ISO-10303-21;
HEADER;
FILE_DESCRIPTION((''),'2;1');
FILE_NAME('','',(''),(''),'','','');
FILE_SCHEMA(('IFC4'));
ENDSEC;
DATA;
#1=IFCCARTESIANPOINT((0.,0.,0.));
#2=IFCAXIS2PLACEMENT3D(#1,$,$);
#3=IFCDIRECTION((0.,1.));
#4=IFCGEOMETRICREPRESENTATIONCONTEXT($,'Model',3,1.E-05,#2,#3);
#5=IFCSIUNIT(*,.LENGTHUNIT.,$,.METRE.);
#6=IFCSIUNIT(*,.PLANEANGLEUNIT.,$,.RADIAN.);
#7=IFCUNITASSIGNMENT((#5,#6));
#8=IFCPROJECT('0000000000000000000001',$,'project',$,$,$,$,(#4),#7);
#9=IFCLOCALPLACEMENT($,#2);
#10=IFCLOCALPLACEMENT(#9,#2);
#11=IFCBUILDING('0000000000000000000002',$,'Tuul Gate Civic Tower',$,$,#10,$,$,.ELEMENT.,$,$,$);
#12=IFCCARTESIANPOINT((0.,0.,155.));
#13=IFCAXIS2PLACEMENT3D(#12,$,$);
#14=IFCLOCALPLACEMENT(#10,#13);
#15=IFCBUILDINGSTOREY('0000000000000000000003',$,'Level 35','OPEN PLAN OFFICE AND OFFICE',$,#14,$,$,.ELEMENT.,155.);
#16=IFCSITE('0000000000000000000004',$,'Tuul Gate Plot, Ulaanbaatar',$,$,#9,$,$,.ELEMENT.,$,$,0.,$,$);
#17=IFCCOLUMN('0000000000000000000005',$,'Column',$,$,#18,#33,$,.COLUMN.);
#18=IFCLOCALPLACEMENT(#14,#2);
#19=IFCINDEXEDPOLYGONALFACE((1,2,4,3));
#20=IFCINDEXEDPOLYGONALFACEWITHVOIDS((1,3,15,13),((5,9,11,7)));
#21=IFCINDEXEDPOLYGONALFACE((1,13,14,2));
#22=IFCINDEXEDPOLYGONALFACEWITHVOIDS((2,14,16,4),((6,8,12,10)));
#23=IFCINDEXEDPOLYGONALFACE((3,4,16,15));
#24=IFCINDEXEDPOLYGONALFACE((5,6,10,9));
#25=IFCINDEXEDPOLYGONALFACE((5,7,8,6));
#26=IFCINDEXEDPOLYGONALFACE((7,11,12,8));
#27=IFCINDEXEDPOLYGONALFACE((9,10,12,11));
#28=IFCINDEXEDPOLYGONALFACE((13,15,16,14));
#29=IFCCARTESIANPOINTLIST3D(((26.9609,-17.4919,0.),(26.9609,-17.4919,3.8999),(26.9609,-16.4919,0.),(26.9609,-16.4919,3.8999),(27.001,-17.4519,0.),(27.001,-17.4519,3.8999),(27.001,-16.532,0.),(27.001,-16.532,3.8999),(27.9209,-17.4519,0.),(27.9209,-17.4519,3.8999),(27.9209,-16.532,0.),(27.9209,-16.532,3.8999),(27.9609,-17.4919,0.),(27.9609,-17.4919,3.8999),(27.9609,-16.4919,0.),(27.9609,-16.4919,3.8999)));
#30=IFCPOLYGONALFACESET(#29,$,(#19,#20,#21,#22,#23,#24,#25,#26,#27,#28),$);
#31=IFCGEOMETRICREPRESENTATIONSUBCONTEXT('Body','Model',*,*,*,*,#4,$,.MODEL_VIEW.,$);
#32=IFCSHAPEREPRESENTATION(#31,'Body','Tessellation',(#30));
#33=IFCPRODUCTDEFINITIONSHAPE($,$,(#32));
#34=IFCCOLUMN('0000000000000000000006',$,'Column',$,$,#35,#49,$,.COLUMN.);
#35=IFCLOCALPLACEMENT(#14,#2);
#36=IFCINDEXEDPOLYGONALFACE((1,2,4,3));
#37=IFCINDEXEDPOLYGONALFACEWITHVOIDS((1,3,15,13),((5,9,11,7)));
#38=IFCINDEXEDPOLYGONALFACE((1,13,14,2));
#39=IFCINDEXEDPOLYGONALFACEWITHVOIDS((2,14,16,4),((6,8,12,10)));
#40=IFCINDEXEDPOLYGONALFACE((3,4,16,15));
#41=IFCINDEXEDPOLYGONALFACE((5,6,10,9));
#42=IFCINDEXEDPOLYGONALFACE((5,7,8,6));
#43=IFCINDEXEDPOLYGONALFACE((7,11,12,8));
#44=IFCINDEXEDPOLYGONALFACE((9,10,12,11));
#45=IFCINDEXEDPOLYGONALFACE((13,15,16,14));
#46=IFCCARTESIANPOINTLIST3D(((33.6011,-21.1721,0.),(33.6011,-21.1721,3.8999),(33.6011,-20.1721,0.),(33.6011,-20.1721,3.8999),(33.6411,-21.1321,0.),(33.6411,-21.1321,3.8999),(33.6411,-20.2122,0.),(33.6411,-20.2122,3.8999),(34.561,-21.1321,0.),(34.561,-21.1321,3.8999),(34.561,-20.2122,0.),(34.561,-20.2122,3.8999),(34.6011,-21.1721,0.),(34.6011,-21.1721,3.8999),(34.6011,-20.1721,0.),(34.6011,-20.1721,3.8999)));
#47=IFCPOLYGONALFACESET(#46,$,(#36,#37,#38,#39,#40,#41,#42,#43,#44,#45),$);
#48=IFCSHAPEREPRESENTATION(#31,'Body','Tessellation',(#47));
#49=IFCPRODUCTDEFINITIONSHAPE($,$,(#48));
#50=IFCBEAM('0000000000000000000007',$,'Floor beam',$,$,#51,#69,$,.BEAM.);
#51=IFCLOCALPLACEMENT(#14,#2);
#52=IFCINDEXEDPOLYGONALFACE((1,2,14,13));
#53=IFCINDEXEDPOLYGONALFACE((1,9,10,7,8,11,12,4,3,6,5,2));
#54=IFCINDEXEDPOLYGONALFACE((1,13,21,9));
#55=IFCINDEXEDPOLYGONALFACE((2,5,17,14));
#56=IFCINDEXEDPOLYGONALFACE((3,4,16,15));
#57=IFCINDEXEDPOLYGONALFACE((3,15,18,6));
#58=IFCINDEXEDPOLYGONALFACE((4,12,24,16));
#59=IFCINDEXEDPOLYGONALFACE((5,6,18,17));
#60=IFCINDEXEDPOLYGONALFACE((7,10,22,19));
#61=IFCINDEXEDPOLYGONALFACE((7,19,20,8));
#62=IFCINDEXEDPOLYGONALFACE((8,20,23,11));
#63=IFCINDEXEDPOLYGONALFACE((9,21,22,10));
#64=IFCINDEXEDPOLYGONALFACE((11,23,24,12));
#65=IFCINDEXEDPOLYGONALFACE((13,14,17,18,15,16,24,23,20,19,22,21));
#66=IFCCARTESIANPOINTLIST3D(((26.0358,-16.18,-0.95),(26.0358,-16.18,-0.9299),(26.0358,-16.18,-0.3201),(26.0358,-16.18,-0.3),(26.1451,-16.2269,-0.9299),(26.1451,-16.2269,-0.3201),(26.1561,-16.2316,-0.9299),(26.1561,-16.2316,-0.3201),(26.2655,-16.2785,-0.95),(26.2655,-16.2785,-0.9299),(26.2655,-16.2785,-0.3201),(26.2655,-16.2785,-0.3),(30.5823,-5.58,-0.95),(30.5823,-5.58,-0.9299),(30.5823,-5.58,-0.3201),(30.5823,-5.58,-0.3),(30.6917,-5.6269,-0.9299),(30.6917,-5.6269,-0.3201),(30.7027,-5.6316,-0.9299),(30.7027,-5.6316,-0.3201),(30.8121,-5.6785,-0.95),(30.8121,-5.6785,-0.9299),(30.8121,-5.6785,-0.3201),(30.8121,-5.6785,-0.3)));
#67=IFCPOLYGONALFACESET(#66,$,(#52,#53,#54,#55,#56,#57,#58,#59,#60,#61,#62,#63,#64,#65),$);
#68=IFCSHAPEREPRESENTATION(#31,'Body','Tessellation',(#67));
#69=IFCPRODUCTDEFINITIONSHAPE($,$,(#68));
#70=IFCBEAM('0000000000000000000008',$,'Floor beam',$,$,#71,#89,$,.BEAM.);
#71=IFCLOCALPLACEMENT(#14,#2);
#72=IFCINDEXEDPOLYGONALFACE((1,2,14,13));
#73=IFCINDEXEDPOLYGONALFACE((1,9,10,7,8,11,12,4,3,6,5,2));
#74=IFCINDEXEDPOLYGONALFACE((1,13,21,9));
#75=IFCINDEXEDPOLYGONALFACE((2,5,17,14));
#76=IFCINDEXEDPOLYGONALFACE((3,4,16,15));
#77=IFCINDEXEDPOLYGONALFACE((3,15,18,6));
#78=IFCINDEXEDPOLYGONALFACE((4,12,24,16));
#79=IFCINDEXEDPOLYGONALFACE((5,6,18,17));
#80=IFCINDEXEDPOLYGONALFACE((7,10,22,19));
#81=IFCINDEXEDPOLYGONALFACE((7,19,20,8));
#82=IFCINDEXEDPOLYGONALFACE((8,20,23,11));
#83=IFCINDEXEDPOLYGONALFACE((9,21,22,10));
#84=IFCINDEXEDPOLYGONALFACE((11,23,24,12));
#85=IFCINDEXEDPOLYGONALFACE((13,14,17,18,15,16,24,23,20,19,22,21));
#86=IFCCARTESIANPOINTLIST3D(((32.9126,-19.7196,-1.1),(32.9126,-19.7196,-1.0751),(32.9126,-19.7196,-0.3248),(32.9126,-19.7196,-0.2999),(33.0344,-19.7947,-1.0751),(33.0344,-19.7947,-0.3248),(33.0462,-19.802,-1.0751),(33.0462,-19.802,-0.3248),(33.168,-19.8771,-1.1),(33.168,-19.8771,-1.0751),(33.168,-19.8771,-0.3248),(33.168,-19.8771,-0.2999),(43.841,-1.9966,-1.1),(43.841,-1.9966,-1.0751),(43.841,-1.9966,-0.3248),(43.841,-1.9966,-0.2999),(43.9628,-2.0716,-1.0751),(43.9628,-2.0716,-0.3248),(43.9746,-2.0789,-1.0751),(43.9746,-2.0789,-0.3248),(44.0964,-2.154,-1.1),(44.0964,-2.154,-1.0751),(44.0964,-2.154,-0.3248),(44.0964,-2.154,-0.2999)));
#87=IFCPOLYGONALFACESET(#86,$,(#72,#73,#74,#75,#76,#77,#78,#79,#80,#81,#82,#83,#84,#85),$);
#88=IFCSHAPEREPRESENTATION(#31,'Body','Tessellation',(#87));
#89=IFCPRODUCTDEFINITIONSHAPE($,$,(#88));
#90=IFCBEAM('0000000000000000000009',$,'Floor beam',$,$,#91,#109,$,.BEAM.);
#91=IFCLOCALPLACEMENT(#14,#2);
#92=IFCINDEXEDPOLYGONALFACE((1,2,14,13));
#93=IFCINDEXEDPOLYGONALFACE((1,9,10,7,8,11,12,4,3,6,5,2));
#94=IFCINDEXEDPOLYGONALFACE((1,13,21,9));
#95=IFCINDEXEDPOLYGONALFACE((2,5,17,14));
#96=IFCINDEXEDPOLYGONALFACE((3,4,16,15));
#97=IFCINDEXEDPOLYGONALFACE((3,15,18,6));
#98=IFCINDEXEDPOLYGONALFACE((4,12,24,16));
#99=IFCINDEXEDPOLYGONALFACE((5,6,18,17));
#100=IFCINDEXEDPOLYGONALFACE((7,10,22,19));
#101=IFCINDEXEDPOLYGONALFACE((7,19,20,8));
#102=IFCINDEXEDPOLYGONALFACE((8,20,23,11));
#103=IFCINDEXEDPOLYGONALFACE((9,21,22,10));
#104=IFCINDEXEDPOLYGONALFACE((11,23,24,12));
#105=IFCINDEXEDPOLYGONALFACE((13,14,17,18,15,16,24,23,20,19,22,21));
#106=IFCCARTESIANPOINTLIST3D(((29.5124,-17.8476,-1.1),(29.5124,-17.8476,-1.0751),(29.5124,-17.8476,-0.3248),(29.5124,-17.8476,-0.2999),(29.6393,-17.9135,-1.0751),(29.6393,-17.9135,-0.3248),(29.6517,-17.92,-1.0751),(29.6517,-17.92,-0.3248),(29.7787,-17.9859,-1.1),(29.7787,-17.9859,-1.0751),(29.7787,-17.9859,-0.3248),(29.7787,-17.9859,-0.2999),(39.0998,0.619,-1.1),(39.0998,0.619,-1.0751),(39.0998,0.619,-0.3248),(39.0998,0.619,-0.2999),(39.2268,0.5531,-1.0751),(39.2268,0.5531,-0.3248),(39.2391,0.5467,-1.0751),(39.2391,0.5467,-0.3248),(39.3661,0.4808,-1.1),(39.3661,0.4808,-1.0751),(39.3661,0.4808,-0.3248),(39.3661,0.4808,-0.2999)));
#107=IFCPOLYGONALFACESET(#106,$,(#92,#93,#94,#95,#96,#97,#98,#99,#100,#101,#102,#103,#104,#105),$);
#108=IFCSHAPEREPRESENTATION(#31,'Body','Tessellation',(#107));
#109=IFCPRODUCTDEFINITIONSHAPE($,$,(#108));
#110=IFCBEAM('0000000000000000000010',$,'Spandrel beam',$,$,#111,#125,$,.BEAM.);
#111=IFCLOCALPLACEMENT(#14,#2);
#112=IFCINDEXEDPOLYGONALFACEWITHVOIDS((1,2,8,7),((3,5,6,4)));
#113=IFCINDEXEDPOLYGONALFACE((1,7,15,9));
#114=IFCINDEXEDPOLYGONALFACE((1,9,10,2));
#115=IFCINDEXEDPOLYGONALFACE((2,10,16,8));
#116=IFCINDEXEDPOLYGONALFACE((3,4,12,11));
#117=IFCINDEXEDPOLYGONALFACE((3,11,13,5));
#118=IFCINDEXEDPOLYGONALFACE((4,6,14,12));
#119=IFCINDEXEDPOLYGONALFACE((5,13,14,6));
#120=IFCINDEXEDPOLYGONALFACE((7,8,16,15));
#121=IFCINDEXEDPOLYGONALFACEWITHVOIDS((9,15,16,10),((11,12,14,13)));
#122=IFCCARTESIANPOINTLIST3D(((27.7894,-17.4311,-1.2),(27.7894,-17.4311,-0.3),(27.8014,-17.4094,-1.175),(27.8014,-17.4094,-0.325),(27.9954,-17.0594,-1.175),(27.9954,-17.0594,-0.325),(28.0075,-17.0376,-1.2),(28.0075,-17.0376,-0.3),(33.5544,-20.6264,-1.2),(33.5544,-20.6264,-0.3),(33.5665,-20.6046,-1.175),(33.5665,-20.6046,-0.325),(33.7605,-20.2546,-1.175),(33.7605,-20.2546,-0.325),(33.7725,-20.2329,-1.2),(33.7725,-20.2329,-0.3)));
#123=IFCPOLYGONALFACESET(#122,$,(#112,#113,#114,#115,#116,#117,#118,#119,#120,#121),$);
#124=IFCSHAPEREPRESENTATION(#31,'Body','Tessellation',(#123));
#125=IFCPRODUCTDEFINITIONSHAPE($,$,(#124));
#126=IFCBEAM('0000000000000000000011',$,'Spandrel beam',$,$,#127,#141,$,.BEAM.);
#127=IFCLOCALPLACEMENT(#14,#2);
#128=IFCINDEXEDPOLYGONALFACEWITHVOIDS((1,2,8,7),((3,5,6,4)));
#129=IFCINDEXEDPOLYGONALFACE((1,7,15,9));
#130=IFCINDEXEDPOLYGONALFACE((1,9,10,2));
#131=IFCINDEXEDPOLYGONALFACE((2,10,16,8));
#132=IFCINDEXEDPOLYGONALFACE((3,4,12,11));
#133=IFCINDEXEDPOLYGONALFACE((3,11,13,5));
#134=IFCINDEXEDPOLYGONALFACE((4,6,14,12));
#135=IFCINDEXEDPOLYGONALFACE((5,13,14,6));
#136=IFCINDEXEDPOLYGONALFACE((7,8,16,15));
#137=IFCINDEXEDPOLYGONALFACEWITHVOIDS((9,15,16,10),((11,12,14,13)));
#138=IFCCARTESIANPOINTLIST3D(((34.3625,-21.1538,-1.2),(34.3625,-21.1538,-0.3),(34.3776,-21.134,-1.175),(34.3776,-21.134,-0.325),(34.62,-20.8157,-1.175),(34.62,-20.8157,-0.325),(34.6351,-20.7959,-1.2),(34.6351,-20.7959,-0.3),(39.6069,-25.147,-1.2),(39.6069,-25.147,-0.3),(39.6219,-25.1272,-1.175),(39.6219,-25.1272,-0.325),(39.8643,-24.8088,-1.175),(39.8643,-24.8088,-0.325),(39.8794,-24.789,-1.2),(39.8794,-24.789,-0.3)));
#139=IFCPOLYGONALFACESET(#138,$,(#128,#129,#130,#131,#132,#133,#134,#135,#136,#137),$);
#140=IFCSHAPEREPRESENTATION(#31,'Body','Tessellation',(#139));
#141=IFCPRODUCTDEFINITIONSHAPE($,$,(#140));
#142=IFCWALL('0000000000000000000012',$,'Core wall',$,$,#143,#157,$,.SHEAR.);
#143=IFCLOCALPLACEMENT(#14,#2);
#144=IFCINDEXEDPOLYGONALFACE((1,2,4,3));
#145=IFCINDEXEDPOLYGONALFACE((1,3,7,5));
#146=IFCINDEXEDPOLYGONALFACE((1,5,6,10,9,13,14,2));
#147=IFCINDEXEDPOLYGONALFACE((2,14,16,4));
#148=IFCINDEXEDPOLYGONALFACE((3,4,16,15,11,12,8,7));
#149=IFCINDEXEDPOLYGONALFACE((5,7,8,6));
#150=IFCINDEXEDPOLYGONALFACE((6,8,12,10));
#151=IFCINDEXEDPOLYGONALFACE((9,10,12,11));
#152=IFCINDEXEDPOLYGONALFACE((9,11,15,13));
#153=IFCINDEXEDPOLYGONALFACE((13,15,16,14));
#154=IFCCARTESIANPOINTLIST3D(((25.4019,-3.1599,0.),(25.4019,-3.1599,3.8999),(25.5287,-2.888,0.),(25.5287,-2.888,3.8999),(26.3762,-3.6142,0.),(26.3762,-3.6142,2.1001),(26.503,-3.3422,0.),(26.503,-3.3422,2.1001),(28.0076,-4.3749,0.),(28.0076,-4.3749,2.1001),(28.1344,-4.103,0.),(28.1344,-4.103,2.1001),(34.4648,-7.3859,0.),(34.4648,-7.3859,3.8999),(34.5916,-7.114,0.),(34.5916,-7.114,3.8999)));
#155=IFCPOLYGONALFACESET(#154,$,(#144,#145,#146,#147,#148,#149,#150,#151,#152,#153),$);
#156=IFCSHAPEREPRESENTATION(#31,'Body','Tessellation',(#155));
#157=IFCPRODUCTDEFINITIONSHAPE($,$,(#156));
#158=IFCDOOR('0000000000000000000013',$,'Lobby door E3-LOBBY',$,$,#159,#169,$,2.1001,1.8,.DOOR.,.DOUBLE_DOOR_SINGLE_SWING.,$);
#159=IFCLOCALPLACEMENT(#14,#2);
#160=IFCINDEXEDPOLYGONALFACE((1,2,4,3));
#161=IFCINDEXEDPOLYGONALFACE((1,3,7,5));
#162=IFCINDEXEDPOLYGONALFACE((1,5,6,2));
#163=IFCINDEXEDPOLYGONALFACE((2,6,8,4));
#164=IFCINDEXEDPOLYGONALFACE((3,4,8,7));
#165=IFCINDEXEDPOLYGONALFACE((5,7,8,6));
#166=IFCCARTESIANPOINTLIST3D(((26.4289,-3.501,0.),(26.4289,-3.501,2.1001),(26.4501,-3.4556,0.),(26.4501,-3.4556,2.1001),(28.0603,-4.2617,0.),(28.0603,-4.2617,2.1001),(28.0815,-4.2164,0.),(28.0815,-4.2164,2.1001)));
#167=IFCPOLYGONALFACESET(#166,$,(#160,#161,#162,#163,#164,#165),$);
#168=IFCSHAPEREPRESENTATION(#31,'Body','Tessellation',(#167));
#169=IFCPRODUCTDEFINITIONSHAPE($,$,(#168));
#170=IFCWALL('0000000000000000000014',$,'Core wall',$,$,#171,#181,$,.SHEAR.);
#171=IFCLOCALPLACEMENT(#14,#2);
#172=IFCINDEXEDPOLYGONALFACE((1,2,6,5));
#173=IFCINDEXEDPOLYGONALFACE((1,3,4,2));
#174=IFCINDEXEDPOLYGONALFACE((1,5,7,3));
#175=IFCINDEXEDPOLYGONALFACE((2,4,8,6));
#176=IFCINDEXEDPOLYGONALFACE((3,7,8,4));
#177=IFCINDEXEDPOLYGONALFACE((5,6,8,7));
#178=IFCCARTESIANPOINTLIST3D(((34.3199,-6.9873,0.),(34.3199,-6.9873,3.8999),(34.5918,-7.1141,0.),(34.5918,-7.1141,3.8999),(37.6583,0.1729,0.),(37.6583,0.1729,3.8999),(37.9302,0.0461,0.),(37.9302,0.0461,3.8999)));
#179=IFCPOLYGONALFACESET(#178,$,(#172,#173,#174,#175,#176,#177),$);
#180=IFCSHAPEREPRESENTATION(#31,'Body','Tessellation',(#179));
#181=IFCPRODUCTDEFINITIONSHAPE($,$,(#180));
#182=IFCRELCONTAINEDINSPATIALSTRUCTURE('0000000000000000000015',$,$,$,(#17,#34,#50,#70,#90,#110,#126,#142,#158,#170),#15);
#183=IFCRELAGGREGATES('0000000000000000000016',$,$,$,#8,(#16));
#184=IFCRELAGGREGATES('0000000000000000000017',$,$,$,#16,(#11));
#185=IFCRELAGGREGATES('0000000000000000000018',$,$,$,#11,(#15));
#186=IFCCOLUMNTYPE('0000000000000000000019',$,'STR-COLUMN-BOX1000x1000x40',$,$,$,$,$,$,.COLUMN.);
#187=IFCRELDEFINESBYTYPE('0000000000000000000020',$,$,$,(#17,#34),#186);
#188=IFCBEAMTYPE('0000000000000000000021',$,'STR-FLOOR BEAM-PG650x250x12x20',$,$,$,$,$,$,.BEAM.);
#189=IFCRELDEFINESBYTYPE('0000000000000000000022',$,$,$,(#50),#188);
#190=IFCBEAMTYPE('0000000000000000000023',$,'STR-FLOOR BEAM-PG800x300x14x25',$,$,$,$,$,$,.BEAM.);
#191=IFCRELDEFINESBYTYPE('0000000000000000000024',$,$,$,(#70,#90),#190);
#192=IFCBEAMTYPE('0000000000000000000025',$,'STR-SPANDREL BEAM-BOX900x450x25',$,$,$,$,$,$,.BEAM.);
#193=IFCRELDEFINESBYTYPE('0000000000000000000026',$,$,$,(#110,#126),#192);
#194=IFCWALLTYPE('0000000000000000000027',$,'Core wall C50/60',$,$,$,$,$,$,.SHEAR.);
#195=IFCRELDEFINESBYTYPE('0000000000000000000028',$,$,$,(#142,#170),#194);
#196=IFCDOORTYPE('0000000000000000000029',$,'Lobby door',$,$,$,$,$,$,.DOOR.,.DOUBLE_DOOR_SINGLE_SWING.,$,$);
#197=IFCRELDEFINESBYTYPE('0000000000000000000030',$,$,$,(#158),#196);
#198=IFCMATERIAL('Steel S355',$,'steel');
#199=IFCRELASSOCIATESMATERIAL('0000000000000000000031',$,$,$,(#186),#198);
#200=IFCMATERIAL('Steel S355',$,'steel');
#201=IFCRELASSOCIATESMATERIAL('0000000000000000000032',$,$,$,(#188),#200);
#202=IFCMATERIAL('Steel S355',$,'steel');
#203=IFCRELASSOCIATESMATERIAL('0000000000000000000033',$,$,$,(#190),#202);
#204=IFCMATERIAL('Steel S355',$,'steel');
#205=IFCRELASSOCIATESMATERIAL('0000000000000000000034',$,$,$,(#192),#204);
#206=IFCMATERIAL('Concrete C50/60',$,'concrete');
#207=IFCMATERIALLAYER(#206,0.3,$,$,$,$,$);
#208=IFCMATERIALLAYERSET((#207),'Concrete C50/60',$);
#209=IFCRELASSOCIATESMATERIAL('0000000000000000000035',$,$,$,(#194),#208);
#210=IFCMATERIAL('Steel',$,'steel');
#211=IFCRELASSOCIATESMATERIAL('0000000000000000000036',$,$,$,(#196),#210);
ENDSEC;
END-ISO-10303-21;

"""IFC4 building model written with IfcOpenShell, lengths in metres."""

from ifc_helpers import new_model, si_unit, direction, frame, frame_2d, origin, origin_2d, place, context, subcontext, project, spatial, rectangle, hollow_rectangle, i_section, extrude, material, layer, layer_set, material_profile, profile_set, type_object, element, fill, save


model = new_model("IFC4")

# Units and contexts
model_context = context("Model", 3, precision=1e-05, world=origin(), true_north=direction((0.0, 1.0)))
body_context = subcontext(model_context, "Body", "Model", "MODEL_VIEW")
ifc_project = project(units=[si_unit("LENGTHUNIT", "METRE"), si_unit("PLANEANGLEUNIT", "RADIAN")], contexts=[model_context])

# Site, building, storey
site_placement = place(None, origin())
site = spatial("IfcSite", under=ifc_project, at=site_placement, Name="Tuul Gate Plot, Ulaanbaatar", CompositionType="ELEMENT", RefElevation=0.0)
building_placement = place(site_placement, origin())
building = spatial("IfcBuilding", under=site, at=building_placement, Name="Tuul Gate Civic Tower", CompositionType="ELEMENT")
storey_placement = place(building_placement, frame((0.0, 0.0, 155.0)))
storey = spatial("IfcBuildingStorey", under=building, at=storey_placement, Name="Level 35", Description="OPEN PLAN OFFICE AND OFFICE", CompositionType="ELEMENT", Elevation=155.0)

# Columns
ifc_material_1 = material(Name="Steel S355", Category="steel")
ifc_material_profile_1 = material_profile(ifc_material_1, hollow_rectangle(XDim=1.0, YDim=1.0, WallThickness=0.04, at=origin_2d()), Name="BOX1000x1000x40")
ifc_profile_set_1 = profile_set([ifc_material_profile_1], Name="Steel S355")
column_type = type_object("IfcColumnType", Name="STR-COLUMN-BOX1000x1000x40", PredefinedType="COLUMN", material=ifc_profile_set_1)
for number, where, z_axis, x_axis, name in (
    (1, (27.4609, -16.9919, 0.0), (0.0, 0.0, 1.0), (1.0, 0.0, 0.0), "Column"),
    (2, (34.1011, -20.6721, 0.0), (0.0, 0.0, 1.0), (1.0, 0.0, 0.0), "Column"),
):
    element("IfcColumn", number, at=place(storey_placement, frame(where, z_axis=z_axis, x_axis=x_axis)), inside=storey, type_object=column_type, Name=name, PredefinedType="COLUMN", context=body_context, shape_type="SweptSolid", body=[
        extrude(hollow_rectangle(XDim=1.0, YDim=1.0, WallThickness=0.04, at=origin_2d()), origin(), (0.0, 0.0, 1.0), 3.8999),
    ])

# Beams
ifc_material_2 = material(Name="Steel S355", Category="steel")
ifc_material_profile_2 = material_profile(ifc_material_2, i_section(OverallWidth=0.25, OverallDepth=0.6499, WebThickness=0.012, FlangeThickness=0.02, at=origin_2d()), Name="PG650x250x12x20")
ifc_profile_set_2 = profile_set([ifc_material_profile_2], Name="Steel S355")
beam_type_1 = type_object("IfcBeamType", Name="STR-FLOOR BEAM-PG650x250x12x20", PredefinedType="BEAM", material=ifc_profile_set_2)
beam_1_placement = place(storey_placement, frame((26.1506, -16.2292, -0.625), z_axis=(0.394193, 0.919028, 0.0), x_axis=(-0.919028, 0.394193, 0.0)))
element("IfcBeam", 3, at=beam_1_placement, inside=storey, type_object=beam_type_1, Name="Floor beam", PredefinedType="BEAM", context=body_context, shape_type="SweptSolid", body=[
    extrude(i_section(OverallWidth=0.25, OverallDepth=0.6499, WebThickness=0.012, FlangeThickness=0.02, at=origin_2d()), origin(), (0.0, 0.0, 1.0), 11.5339),
])
ifc_material_3 = material(Name="Steel S355", Category="steel")
ifc_material_profile_3 = material_profile(ifc_material_3, i_section(OverallWidth=0.3, OverallDepth=0.8, WebThickness=0.0139, FlangeThickness=0.0249, at=origin_2d()), Name="PG800x300x14x25")
ifc_profile_set_3 = profile_set([ifc_material_profile_3], Name="Steel S355")
beam_type_2 = type_object("IfcBeamType", Name="STR-FLOOR BEAM-PG800x300x14x25", PredefinedType="BEAM", material=ifc_profile_set_3)
beam_2_placement = place(storey_placement, frame((33.0403, -19.7983, -0.7), z_axis=(0.524861, 0.851188, 0.0), x_axis=(-0.851188, 0.524861, 0.0)))
element("IfcBeam", 4, at=beam_2_placement, inside=storey, type_object=beam_type_2, Name="Floor beam", PredefinedType="BEAM", context=body_context, shape_type="SweptSolid", body=[
    extrude(i_section(OverallWidth=0.3, OverallDepth=0.8, WebThickness=0.0139, FlangeThickness=0.0249, at=origin_2d()), origin(), (0.0, 0.0, 1.0), 20.8215),
])
beam_3_placement = place(storey_placement, frame((29.6455, -17.9167, -0.7), z_axis=(0.460777, 0.887516, 0.0), x_axis=(-0.887516, 0.460777, 0.0)))
element("IfcBeam", 5, at=beam_3_placement, inside=storey, type_object=beam_type_2, Name="Floor beam", PredefinedType="BEAM", context=body_context, shape_type="SweptSolid", body=[
    extrude(i_section(OverallWidth=0.3, OverallDepth=0.8, WebThickness=0.0139, FlangeThickness=0.0249, at=origin_2d()), origin(), (0.0, 0.0, 1.0), 20.8071),
])
ifc_material_4 = material(Name="Steel S355", Category="steel")
ifc_material_profile_4 = material_profile(ifc_material_4, hollow_rectangle(XDim=0.45, YDim=0.8999, WallThickness=0.0249, at=origin_2d()), Name="BOX900x450x25")
ifc_profile_set_4 = profile_set([ifc_material_profile_4], Name="Steel S355")
beam_type_3 = type_object("IfcBeamType", Name="STR-SPANDREL BEAM-BOX900x450x25", PredefinedType="BEAM", material=ifc_profile_set_4)
beam_4_placement = place(storey_placement, frame((27.8984, -17.2344, -0.75), z_axis=(0.874643, -0.484768, 0.0), x_axis=(0.484768, 0.874643, 0.0)))
element("IfcBeam", 6, at=beam_4_placement, inside=storey, type_object=beam_type_3, Name="Spandrel beam", PredefinedType="BEAM", context=body_context, shape_type="SweptSolid", body=[
    extrude(hollow_rectangle(XDim=0.45, YDim=0.8999, WallThickness=0.0249, at=origin_2d()), origin(), (0.0, 0.0, 1.0), 6.5913),
])
beam_5_placement = place(storey_placement, frame((34.4988, -20.9749, -0.75), z_axis=(0.795619, -0.605798, 0.0), x_axis=(0.605798, 0.795619, 0.0)))
element("IfcBeam", 7, at=beam_5_placement, inside=storey, type_object=beam_type_3, Name="Spandrel beam", PredefinedType="BEAM", context=body_context, shape_type="SweptSolid", body=[
    extrude(hollow_rectangle(XDim=0.45, YDim=0.8999, WallThickness=0.0249, at=origin_2d()), origin(), (0.0, 0.0, 1.0), 6.5916),
])

# Wall, opening, door
ifc_material_5 = material(Name="Concrete C50/60", Category="concrete")
ifc_layer_1 = layer(ifc_material_5, 0.3)
ifc_layer_set_1 = layer_set([ifc_layer_1], Name="Concrete C50/60")
wall_type_1 = type_object("IfcWallType", Name="Core wall C50/60", PredefinedType="SHEAR", material=ifc_layer_set_1)
wall_1_placement = place(storey_placement, frame((34.5283, -7.25, 0.0), z_axis=(0.0, 0.0, 1.0), x_axis=(-0.90631, 0.422613, 0.0)))
wall_1 = element("IfcWall", 8, at=wall_1_placement, inside=storey, type_object=wall_type_1, Name="Core wall", PredefinedType="SHEAR", context=body_context, shape_type="SweptSolid", body=[
    extrude(rectangle(XDim=9.9998, YDim=0.3, at=frame_2d((5.0, 0.0))), origin(), (0.0, 0.0, 1.0), 3.8999),
])
opening_1_placement = place(wall_1_placement, frame((7.125, 0.0, 0.0)))
opening_1 = element("IfcOpeningElement", 9, at=opening_1_placement, cuts=wall_1, PredefinedType="OPENING", context=body_context, shape_type="SweptSolid", body=[
    extrude(rectangle(XDim=1.8, YDim=2.1001, at=frame_2d((0.8999, 1.05))), frame((0.0, 0.1602, 0.0), z_axis=(0.0, -1.0, 0.0), x_axis=(1.0, 0.0, 0.0)), (0.0, 0.0, 1.0), 0.3201),
])
ifc_material_6 = material(Name="Steel", Category="steel")
door_type_1 = type_object("IfcDoorType", Name="Lobby door", OperationType="DOUBLE_DOOR_SINGLE_SWING", PredefinedType="DOOR", material=ifc_material_6)
door_1_placement = place(opening_1_placement, frame((1.8, 0.0, 0.0), z_axis=(0.0, 0.0, 1.0), x_axis=(-1.0, 0.0, 0.0)))
door_1 = element("IfcDoor", 10, at=door_1_placement, inside=storey, type_object=door_type_1, Name="Lobby door E3-LOBBY", OperationType="DOUBLE_DOOR_SINGLE_SWING", OverallHeight=2.1001, OverallWidth=1.8, PredefinedType="DOOR", context=body_context, shape_type="SweptSolid", body=[
    extrude(rectangle(XDim=1.8, YDim=2.1001, at=frame_2d((0.9001, 1.05))), frame((0.0, 0.0249, 0.0), z_axis=(0.0, -1.0, 0.0), x_axis=(1.0, 0.0, 0.0)), (0.0, 0.0, 1.0), 0.05),
])
fill(opening_1, door_1)

# Wall
wall_2_placement = place(storey_placement, frame((34.4558, -7.0508, 0.0), z_axis=(0.0, 0.0, 1.0), x_axis=(0.422571, 0.90633, 0.0)))
element("IfcWall", 11, at=wall_2_placement, inside=storey, type_object=wall_type_1, Name="Core wall", PredefinedType="SHEAR", context=body_context, shape_type="SweptSolid", body=[
    extrude(rectangle(XDim=7.9001, YDim=0.3, at=frame_2d((3.9502, 0.0))), origin(), (0.0, 0.0, 1.0), 3.8999),
])

save(model, "model.ifc")
